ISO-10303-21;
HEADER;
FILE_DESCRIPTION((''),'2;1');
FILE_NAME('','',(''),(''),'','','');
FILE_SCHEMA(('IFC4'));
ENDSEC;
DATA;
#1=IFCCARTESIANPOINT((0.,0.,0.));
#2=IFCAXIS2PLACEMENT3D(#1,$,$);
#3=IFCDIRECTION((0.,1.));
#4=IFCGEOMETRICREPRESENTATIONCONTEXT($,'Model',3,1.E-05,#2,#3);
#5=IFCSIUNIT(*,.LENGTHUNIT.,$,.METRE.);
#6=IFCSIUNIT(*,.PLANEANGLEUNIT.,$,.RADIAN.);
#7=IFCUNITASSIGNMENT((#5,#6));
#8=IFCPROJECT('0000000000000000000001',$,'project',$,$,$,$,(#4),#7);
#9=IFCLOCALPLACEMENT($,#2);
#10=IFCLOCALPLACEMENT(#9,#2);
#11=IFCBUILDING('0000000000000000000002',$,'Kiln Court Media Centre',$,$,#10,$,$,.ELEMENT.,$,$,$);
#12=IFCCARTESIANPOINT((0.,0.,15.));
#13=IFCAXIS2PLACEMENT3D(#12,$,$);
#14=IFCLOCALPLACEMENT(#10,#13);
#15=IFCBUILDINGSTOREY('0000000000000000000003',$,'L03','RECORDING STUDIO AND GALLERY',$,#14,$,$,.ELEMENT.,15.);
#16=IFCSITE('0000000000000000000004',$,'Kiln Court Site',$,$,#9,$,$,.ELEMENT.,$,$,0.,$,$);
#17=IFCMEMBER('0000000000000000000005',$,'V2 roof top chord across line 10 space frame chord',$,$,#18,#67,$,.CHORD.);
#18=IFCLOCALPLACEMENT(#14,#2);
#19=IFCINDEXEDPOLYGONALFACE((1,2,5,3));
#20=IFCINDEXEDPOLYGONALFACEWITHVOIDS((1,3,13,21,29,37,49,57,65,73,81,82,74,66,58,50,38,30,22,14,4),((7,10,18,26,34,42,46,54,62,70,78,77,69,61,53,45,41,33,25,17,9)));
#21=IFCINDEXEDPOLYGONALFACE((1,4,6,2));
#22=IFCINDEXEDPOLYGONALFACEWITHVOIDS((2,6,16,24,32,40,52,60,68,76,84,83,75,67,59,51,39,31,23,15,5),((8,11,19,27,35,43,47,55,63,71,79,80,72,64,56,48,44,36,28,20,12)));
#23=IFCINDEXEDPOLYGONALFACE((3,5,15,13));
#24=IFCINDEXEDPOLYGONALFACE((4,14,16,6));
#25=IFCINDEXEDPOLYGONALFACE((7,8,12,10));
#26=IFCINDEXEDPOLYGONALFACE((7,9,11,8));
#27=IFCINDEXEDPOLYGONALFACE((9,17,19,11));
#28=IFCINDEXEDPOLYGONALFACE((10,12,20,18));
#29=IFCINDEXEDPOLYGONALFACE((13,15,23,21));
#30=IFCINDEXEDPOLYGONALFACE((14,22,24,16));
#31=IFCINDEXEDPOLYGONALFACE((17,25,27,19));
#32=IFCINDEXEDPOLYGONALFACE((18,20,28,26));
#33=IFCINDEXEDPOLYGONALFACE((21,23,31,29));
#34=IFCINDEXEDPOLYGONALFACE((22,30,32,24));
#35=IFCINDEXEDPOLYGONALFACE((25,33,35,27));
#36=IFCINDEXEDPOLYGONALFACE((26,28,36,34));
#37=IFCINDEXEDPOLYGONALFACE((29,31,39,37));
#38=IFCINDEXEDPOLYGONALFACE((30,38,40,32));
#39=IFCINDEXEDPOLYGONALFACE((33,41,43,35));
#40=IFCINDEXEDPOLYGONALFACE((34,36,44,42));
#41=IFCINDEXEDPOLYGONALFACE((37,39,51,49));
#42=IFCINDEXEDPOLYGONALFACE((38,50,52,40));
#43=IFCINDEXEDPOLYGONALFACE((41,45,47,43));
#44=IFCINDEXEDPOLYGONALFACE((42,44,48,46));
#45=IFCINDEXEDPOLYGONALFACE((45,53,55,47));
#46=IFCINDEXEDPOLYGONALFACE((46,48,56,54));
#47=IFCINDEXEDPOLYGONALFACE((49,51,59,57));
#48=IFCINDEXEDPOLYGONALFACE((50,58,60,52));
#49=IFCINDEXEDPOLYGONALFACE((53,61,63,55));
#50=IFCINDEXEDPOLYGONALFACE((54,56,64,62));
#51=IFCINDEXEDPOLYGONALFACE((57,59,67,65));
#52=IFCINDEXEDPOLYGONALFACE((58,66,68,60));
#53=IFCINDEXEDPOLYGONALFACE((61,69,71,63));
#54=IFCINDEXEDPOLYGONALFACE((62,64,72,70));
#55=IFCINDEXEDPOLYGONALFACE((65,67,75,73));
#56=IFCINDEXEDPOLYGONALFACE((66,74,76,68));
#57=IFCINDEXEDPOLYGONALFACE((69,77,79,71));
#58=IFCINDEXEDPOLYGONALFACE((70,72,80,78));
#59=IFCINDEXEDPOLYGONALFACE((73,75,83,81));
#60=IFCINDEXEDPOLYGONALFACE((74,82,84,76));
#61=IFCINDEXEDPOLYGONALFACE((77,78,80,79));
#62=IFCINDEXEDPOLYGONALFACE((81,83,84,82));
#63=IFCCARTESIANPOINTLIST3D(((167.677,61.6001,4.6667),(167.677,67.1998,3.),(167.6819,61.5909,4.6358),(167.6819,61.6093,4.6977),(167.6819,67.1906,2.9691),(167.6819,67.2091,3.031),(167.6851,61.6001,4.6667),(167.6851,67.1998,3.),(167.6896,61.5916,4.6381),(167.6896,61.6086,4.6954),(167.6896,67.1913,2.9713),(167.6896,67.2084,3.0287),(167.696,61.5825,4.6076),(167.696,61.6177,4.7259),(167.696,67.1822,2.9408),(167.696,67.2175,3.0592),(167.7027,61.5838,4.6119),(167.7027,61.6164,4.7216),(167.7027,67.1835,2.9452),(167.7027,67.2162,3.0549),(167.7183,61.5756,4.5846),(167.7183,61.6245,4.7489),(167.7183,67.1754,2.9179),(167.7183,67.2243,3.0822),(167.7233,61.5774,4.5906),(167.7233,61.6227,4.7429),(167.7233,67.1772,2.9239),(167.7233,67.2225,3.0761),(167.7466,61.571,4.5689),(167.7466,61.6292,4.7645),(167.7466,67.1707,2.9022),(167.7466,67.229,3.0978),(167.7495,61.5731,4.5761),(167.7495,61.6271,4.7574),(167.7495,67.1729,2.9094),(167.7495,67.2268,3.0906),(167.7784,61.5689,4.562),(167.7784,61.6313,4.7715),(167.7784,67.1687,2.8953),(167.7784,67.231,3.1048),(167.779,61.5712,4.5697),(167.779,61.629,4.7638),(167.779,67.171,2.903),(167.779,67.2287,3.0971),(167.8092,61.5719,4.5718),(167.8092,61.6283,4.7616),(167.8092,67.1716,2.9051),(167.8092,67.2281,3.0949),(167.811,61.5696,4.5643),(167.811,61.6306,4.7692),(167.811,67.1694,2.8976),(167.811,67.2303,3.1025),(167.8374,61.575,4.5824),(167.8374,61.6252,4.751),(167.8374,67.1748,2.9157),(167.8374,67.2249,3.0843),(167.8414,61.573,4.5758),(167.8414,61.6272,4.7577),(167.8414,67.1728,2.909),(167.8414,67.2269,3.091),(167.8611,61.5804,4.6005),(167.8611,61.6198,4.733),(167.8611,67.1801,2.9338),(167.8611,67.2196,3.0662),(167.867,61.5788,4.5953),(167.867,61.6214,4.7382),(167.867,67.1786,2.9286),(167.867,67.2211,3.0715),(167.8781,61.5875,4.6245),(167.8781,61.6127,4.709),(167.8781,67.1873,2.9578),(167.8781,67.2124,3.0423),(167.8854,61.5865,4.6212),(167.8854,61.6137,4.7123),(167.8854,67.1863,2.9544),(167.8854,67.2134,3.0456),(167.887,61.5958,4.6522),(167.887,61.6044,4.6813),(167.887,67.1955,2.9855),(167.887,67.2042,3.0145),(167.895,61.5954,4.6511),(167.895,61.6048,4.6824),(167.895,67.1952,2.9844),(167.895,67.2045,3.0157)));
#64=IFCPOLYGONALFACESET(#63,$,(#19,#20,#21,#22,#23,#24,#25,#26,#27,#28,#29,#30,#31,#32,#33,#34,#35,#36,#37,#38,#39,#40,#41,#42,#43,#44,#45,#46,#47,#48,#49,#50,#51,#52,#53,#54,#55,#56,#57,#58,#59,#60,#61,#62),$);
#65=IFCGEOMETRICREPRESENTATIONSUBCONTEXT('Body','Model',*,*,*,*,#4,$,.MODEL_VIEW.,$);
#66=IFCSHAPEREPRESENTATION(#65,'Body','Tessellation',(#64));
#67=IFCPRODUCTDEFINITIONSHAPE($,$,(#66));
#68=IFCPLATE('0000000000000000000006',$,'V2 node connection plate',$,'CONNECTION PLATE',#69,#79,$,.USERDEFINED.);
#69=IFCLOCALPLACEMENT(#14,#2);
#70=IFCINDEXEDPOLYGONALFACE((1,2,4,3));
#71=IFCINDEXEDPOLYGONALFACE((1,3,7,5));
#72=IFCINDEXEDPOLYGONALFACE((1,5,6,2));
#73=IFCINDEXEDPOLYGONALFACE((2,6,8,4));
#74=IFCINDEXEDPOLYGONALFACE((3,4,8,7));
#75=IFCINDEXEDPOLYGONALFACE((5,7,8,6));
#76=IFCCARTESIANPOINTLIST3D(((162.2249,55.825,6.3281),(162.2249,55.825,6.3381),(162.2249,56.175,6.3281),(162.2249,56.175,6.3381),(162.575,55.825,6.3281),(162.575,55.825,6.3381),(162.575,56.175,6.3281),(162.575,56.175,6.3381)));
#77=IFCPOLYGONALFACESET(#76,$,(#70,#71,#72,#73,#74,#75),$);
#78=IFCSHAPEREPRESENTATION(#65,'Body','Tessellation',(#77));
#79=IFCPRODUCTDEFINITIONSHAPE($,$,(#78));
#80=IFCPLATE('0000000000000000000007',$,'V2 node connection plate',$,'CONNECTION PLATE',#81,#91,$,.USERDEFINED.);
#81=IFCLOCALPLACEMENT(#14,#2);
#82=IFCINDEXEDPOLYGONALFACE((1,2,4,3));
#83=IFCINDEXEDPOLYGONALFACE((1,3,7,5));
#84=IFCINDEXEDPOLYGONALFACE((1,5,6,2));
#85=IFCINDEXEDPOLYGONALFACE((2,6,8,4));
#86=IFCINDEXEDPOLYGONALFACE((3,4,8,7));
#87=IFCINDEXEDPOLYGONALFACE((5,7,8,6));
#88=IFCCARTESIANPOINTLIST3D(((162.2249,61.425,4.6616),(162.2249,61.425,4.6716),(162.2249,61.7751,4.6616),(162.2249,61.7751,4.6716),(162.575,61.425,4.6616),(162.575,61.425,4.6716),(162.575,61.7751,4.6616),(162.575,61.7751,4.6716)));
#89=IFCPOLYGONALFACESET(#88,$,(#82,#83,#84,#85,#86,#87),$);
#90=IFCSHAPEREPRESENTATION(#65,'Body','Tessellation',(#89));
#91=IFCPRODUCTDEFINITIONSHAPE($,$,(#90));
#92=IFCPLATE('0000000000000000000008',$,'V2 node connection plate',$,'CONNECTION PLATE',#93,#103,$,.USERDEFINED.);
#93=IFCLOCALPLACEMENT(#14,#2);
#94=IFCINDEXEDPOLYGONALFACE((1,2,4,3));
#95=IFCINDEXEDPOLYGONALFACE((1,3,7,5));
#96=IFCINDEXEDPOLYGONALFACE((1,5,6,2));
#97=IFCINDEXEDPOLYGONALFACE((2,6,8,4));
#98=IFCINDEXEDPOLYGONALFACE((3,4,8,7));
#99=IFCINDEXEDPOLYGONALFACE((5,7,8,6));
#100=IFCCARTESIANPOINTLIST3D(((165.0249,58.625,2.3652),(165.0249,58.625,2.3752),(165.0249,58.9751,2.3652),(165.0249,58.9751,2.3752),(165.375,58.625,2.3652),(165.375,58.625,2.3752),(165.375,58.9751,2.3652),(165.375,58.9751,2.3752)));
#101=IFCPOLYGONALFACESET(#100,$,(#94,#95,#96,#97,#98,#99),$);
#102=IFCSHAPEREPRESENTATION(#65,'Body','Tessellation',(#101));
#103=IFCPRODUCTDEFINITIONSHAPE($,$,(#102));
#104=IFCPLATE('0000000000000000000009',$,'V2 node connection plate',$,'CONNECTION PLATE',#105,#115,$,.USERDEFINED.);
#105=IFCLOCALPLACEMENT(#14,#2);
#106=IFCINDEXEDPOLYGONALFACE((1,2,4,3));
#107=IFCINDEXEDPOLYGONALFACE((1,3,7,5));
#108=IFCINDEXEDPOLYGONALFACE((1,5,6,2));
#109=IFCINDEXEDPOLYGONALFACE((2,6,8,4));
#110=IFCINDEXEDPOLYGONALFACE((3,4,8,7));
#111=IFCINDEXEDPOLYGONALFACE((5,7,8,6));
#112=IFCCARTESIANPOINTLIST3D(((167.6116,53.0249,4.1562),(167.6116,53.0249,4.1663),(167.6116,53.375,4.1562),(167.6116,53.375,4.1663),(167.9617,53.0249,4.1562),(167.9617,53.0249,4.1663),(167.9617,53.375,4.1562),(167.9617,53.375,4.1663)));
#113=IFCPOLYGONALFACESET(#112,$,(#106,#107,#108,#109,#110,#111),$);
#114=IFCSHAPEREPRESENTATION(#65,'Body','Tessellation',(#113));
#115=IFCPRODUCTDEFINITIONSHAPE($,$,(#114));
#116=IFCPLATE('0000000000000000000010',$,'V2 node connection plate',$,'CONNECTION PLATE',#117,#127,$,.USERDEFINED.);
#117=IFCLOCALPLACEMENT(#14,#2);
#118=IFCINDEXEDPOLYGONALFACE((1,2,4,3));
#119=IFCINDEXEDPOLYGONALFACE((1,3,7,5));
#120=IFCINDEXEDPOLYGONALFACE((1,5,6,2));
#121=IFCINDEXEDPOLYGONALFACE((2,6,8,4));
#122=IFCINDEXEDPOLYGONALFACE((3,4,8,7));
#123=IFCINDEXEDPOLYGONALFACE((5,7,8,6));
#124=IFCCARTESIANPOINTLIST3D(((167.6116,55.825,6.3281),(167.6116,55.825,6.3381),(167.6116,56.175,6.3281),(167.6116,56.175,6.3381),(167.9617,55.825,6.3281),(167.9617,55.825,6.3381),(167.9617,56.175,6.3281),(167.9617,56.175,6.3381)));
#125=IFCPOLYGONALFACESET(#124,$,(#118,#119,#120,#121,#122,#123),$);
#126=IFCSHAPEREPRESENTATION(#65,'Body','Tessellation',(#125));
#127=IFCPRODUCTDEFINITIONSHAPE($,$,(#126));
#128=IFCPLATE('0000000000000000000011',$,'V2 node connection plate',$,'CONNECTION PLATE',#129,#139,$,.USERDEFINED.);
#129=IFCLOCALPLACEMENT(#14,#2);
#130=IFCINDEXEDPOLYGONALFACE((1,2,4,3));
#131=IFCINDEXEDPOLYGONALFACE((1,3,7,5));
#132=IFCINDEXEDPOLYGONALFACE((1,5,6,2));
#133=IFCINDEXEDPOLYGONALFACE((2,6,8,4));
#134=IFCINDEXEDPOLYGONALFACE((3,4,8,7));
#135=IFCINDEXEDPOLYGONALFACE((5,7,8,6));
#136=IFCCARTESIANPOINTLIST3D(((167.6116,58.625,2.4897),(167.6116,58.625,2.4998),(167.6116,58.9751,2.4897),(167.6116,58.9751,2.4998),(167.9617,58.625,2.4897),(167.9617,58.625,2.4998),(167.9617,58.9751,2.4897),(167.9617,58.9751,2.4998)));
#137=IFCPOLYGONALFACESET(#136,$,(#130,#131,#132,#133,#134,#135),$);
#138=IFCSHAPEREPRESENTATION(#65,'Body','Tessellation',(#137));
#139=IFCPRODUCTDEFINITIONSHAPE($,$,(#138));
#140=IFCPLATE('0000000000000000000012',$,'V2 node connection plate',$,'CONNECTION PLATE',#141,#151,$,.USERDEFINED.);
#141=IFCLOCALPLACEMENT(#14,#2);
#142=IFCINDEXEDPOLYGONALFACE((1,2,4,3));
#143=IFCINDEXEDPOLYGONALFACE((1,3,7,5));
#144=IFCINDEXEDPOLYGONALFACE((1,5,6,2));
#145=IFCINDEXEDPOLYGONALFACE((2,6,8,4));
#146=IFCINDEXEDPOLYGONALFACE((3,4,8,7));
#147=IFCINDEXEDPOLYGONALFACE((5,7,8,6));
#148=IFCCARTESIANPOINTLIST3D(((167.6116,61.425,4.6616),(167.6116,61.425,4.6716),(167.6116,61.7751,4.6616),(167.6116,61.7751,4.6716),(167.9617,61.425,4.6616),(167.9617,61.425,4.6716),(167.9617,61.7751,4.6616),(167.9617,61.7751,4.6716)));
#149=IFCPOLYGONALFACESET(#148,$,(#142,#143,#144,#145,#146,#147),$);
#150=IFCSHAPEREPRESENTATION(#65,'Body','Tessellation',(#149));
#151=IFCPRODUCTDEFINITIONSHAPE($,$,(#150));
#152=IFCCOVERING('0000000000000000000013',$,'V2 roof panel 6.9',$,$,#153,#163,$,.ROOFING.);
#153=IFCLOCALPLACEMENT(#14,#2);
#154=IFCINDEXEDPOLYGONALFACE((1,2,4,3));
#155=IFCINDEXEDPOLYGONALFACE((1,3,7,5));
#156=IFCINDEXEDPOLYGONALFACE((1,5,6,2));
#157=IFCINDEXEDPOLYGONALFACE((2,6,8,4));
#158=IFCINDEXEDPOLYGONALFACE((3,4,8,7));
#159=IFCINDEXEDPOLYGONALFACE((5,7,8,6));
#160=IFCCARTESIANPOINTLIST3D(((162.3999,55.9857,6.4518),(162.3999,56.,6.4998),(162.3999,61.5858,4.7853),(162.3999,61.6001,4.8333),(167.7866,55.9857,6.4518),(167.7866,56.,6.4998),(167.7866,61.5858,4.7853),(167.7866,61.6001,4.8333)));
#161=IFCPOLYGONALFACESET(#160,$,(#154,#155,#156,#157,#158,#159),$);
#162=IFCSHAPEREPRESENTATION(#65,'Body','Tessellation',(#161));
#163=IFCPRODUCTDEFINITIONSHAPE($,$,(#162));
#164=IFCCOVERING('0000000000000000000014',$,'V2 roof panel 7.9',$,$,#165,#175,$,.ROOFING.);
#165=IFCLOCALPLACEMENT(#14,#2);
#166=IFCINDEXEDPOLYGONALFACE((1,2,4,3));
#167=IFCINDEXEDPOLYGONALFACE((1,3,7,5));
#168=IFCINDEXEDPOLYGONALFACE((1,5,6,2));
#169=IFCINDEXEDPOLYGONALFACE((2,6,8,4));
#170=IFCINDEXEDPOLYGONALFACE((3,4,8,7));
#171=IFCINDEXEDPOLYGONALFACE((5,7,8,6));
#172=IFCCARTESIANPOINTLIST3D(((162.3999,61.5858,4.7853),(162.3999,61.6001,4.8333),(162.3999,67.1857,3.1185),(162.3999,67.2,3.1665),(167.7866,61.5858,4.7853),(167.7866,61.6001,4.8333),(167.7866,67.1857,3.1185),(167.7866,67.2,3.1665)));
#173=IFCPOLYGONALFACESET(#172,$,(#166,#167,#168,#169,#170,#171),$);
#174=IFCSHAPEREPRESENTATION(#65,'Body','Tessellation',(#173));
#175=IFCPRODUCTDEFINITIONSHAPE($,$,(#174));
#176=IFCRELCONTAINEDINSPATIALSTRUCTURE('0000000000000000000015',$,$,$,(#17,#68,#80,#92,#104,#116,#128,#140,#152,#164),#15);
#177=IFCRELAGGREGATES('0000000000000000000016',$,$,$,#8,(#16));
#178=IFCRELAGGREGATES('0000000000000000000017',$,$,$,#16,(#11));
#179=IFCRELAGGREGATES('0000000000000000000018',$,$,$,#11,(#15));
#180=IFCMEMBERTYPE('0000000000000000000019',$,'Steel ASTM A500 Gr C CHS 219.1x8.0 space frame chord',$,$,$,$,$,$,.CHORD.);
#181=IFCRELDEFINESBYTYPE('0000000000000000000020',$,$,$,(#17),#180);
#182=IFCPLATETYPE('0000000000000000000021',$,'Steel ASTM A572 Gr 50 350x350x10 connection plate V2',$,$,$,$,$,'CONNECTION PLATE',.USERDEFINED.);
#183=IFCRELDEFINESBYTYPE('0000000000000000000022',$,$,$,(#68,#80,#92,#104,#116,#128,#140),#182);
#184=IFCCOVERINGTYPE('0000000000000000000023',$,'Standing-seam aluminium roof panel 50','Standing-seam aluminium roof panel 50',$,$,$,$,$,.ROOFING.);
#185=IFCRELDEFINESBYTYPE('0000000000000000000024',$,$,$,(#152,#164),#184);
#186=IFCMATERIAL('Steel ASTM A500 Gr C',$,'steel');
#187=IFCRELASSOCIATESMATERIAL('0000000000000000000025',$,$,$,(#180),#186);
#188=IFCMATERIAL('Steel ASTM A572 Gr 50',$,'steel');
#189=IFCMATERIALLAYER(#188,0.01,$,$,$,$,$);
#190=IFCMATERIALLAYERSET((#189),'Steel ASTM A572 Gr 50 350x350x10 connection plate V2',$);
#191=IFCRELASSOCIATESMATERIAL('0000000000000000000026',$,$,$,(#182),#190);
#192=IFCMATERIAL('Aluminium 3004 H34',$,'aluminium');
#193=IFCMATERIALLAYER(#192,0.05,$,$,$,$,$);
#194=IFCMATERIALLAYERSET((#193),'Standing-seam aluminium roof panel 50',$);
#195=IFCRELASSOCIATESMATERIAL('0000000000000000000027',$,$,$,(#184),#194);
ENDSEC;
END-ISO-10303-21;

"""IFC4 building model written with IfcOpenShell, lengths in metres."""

from ifc_helpers import new_model, si_unit, direction, frame, origin, origin_2d, place, context, subcontext, project, spatial, polyline, rectangle, hollow_circle, outline, extrude, material, layer, layer_set, material_profile, profile_set, type_object, element, save


model = new_model("IFC4")

# Units and contexts
model_context = context("Model", 3, precision=1e-05, world=origin(), true_north=direction((0.0, 1.0)))
body_context = subcontext(model_context, "Body", "Model", "MODEL_VIEW")
ifc_project = project(units=[si_unit("LENGTHUNIT", "METRE"), si_unit("PLANEANGLEUNIT", "RADIAN")], contexts=[model_context])

# Site, building, storey
site_placement = place(None, origin())
site = spatial("IfcSite", under=ifc_project, at=site_placement, Name="Kiln Court Site", CompositionType="ELEMENT", RefElevation=0.0)
building_placement = place(site_placement, origin())
building = spatial("IfcBuilding", under=site, at=building_placement, Name="Kiln Court Media Centre", CompositionType="ELEMENT")
storey_placement = place(building_placement, frame((0.0, 0.0, 15.0)))
storey = spatial("IfcBuildingStorey", under=building, at=storey_placement, Name="L03", Description="RECORDING STUDIO AND GALLERY", CompositionType="ELEMENT", Elevation=15.0)

# Member
ifc_material_1 = material(Name="Steel ASTM A500 Gr C", Category="steel")
ifc_material_profile_1 = material_profile(ifc_material_1, hollow_circle(Radius=0.1096, WallThickness=0.0081, at=origin_2d()), Name="CHS 219.1x8.0")
ifc_profile_set_1 = profile_set([ifc_material_profile_1], Name="Steel ASTM A500 Gr C")
member_type_1 = type_object("IfcMemberType", Name="Steel ASTM A500 Gr C CHS 219.1x8.0 space frame chord", PredefinedType="CHORD", material=ifc_profile_set_1)
member_1_placement = place(storey_placement, frame((167.7866, 61.6001, 4.6667), z_axis=(0.0, 0.958446, -0.285273), x_axis=(-1.0, 0.0, 0.0)))
element("IfcMember", 1, at=member_1_placement, inside=storey, type_object=member_type_1, Name="V2 roof top chord across line 10 space frame chord", PredefinedType="CHORD", context=body_context, shape_type="SweptSolid", body=[
    extrude(hollow_circle(Radius=0.1096, WallThickness=0.0081, at=origin_2d()), origin(), (0.0, 0.0, 1.0), 5.8425),
])

# Plates
ifc_material_2 = material(Name="Steel ASTM A572 Gr 50", Category="steel")
ifc_layer_1 = layer(ifc_material_2, 0.01)
ifc_layer_set_1 = layer_set([ifc_layer_1], Name="Steel ASTM A572 Gr 50 350x350x10 connection plate V2")
plate_type = type_object("IfcPlateType", Name="Steel ASTM A572 Gr 50 350x350x10 connection plate V2", ElementType="CONNECTION PLATE", PredefinedType="USERDEFINED", material=ifc_layer_set_1)
for number, where, z_axis, x_axis, name in (
    (2, (162.3999, 56.0, 6.3281), (0.0, 0.0, 1.0), (1.0, 0.0, 0.0), "V2 node connection plate"),
    (3, (162.3999, 61.6001, 4.6616), (0.0, 0.0, 1.0), (1.0, 0.0, 0.0), "V2 node connection plate"),
    (4, (165.2, 58.8, 2.3652), (0.0, 0.0, 1.0), (1.0, 0.0, 0.0), "V2 node connection plate"),
    (5, (167.7866, 53.2, 4.1562), (0.0, 0.0, 1.0), (1.0, 0.0, 0.0), "V2 node connection plate"),
    (6, (167.7866, 56.0, 6.3281), (0.0, 0.0, 1.0), (1.0, 0.0, 0.0), "V2 node connection plate"),
    (7, (167.7866, 58.8, 2.4897), (0.0, 0.0, 1.0), (1.0, 0.0, 0.0), "V2 node connection plate"),
    (8, (167.7866, 61.6001, 4.6616), (0.0, 0.0, 1.0), (1.0, 0.0, 0.0), "V2 node connection plate"),
):
    element("IfcPlate", number, at=place(storey_placement, frame(where, z_axis=z_axis, x_axis=x_axis)), inside=storey, type_object=plate_type, Name=name, ObjectType="CONNECTION PLATE", PredefinedType="USERDEFINED", context=body_context, shape_type="SweptSolid", body=[
        extrude(rectangle(XDim=0.3501, YDim=0.3501, at=origin_2d()), origin(), (0.0, 0.0, 1.0), 0.01),
    ])

# Coverings
ifc_material_3 = material(Name="Aluminium 3004 H34", Category="aluminium")
ifc_layer_2 = layer(ifc_material_3, 0.05)
ifc_layer_set_2 = layer_set([ifc_layer_2], Name="Standing-seam aluminium roof panel 50")
covering_type = type_object("IfcCoveringType", Name="Standing-seam aluminium roof panel 50", Description="Standing-seam aluminium roof panel 50", PredefinedType="ROOFING", material=ifc_layer_set_2)
covering_1_placement = place(storey_placement, frame((162.3999, 56.0, 6.4998), z_axis=(0.0, 0.285223, 0.958461), x_axis=(0.0, 0.958461, -0.285223)))
element("IfcCovering", 9, at=covering_1_placement, inside=storey, type_object=covering_type, Name="V2 roof panel 6.9", PredefinedType="ROOFING", context=body_context, shape_type="SweptSolid", body=[
    extrude(outline(polyline([(0.0, 0.0), (5.8428, 0.0), (5.8428, -5.3867), (0.0, -5.3867), (0.0, 0.0)])), origin(), (0.0, 0.0, -1.0), 0.05),
])
covering_2_placement = place(storey_placement, frame((162.3999, 61.6001, 4.8333), z_axis=(0.0, 0.285273, 0.958446), x_axis=(0.0, 0.958446, -0.285273)))
element("IfcCovering", 10, at=covering_2_placement, inside=storey, type_object=covering_type, Name="V2 roof panel 7.9", PredefinedType="ROOFING", context=body_context, shape_type="SweptSolid", body=[
    extrude(outline(polyline([(0.0, 0.0), (5.8426, 0.0), (5.8426, -5.3867), (0.0, -5.3867), (0.0, 0.0)])), origin(), (0.0, 0.0, -1.0), 0.05),
])

save(model, "model.ifc")
